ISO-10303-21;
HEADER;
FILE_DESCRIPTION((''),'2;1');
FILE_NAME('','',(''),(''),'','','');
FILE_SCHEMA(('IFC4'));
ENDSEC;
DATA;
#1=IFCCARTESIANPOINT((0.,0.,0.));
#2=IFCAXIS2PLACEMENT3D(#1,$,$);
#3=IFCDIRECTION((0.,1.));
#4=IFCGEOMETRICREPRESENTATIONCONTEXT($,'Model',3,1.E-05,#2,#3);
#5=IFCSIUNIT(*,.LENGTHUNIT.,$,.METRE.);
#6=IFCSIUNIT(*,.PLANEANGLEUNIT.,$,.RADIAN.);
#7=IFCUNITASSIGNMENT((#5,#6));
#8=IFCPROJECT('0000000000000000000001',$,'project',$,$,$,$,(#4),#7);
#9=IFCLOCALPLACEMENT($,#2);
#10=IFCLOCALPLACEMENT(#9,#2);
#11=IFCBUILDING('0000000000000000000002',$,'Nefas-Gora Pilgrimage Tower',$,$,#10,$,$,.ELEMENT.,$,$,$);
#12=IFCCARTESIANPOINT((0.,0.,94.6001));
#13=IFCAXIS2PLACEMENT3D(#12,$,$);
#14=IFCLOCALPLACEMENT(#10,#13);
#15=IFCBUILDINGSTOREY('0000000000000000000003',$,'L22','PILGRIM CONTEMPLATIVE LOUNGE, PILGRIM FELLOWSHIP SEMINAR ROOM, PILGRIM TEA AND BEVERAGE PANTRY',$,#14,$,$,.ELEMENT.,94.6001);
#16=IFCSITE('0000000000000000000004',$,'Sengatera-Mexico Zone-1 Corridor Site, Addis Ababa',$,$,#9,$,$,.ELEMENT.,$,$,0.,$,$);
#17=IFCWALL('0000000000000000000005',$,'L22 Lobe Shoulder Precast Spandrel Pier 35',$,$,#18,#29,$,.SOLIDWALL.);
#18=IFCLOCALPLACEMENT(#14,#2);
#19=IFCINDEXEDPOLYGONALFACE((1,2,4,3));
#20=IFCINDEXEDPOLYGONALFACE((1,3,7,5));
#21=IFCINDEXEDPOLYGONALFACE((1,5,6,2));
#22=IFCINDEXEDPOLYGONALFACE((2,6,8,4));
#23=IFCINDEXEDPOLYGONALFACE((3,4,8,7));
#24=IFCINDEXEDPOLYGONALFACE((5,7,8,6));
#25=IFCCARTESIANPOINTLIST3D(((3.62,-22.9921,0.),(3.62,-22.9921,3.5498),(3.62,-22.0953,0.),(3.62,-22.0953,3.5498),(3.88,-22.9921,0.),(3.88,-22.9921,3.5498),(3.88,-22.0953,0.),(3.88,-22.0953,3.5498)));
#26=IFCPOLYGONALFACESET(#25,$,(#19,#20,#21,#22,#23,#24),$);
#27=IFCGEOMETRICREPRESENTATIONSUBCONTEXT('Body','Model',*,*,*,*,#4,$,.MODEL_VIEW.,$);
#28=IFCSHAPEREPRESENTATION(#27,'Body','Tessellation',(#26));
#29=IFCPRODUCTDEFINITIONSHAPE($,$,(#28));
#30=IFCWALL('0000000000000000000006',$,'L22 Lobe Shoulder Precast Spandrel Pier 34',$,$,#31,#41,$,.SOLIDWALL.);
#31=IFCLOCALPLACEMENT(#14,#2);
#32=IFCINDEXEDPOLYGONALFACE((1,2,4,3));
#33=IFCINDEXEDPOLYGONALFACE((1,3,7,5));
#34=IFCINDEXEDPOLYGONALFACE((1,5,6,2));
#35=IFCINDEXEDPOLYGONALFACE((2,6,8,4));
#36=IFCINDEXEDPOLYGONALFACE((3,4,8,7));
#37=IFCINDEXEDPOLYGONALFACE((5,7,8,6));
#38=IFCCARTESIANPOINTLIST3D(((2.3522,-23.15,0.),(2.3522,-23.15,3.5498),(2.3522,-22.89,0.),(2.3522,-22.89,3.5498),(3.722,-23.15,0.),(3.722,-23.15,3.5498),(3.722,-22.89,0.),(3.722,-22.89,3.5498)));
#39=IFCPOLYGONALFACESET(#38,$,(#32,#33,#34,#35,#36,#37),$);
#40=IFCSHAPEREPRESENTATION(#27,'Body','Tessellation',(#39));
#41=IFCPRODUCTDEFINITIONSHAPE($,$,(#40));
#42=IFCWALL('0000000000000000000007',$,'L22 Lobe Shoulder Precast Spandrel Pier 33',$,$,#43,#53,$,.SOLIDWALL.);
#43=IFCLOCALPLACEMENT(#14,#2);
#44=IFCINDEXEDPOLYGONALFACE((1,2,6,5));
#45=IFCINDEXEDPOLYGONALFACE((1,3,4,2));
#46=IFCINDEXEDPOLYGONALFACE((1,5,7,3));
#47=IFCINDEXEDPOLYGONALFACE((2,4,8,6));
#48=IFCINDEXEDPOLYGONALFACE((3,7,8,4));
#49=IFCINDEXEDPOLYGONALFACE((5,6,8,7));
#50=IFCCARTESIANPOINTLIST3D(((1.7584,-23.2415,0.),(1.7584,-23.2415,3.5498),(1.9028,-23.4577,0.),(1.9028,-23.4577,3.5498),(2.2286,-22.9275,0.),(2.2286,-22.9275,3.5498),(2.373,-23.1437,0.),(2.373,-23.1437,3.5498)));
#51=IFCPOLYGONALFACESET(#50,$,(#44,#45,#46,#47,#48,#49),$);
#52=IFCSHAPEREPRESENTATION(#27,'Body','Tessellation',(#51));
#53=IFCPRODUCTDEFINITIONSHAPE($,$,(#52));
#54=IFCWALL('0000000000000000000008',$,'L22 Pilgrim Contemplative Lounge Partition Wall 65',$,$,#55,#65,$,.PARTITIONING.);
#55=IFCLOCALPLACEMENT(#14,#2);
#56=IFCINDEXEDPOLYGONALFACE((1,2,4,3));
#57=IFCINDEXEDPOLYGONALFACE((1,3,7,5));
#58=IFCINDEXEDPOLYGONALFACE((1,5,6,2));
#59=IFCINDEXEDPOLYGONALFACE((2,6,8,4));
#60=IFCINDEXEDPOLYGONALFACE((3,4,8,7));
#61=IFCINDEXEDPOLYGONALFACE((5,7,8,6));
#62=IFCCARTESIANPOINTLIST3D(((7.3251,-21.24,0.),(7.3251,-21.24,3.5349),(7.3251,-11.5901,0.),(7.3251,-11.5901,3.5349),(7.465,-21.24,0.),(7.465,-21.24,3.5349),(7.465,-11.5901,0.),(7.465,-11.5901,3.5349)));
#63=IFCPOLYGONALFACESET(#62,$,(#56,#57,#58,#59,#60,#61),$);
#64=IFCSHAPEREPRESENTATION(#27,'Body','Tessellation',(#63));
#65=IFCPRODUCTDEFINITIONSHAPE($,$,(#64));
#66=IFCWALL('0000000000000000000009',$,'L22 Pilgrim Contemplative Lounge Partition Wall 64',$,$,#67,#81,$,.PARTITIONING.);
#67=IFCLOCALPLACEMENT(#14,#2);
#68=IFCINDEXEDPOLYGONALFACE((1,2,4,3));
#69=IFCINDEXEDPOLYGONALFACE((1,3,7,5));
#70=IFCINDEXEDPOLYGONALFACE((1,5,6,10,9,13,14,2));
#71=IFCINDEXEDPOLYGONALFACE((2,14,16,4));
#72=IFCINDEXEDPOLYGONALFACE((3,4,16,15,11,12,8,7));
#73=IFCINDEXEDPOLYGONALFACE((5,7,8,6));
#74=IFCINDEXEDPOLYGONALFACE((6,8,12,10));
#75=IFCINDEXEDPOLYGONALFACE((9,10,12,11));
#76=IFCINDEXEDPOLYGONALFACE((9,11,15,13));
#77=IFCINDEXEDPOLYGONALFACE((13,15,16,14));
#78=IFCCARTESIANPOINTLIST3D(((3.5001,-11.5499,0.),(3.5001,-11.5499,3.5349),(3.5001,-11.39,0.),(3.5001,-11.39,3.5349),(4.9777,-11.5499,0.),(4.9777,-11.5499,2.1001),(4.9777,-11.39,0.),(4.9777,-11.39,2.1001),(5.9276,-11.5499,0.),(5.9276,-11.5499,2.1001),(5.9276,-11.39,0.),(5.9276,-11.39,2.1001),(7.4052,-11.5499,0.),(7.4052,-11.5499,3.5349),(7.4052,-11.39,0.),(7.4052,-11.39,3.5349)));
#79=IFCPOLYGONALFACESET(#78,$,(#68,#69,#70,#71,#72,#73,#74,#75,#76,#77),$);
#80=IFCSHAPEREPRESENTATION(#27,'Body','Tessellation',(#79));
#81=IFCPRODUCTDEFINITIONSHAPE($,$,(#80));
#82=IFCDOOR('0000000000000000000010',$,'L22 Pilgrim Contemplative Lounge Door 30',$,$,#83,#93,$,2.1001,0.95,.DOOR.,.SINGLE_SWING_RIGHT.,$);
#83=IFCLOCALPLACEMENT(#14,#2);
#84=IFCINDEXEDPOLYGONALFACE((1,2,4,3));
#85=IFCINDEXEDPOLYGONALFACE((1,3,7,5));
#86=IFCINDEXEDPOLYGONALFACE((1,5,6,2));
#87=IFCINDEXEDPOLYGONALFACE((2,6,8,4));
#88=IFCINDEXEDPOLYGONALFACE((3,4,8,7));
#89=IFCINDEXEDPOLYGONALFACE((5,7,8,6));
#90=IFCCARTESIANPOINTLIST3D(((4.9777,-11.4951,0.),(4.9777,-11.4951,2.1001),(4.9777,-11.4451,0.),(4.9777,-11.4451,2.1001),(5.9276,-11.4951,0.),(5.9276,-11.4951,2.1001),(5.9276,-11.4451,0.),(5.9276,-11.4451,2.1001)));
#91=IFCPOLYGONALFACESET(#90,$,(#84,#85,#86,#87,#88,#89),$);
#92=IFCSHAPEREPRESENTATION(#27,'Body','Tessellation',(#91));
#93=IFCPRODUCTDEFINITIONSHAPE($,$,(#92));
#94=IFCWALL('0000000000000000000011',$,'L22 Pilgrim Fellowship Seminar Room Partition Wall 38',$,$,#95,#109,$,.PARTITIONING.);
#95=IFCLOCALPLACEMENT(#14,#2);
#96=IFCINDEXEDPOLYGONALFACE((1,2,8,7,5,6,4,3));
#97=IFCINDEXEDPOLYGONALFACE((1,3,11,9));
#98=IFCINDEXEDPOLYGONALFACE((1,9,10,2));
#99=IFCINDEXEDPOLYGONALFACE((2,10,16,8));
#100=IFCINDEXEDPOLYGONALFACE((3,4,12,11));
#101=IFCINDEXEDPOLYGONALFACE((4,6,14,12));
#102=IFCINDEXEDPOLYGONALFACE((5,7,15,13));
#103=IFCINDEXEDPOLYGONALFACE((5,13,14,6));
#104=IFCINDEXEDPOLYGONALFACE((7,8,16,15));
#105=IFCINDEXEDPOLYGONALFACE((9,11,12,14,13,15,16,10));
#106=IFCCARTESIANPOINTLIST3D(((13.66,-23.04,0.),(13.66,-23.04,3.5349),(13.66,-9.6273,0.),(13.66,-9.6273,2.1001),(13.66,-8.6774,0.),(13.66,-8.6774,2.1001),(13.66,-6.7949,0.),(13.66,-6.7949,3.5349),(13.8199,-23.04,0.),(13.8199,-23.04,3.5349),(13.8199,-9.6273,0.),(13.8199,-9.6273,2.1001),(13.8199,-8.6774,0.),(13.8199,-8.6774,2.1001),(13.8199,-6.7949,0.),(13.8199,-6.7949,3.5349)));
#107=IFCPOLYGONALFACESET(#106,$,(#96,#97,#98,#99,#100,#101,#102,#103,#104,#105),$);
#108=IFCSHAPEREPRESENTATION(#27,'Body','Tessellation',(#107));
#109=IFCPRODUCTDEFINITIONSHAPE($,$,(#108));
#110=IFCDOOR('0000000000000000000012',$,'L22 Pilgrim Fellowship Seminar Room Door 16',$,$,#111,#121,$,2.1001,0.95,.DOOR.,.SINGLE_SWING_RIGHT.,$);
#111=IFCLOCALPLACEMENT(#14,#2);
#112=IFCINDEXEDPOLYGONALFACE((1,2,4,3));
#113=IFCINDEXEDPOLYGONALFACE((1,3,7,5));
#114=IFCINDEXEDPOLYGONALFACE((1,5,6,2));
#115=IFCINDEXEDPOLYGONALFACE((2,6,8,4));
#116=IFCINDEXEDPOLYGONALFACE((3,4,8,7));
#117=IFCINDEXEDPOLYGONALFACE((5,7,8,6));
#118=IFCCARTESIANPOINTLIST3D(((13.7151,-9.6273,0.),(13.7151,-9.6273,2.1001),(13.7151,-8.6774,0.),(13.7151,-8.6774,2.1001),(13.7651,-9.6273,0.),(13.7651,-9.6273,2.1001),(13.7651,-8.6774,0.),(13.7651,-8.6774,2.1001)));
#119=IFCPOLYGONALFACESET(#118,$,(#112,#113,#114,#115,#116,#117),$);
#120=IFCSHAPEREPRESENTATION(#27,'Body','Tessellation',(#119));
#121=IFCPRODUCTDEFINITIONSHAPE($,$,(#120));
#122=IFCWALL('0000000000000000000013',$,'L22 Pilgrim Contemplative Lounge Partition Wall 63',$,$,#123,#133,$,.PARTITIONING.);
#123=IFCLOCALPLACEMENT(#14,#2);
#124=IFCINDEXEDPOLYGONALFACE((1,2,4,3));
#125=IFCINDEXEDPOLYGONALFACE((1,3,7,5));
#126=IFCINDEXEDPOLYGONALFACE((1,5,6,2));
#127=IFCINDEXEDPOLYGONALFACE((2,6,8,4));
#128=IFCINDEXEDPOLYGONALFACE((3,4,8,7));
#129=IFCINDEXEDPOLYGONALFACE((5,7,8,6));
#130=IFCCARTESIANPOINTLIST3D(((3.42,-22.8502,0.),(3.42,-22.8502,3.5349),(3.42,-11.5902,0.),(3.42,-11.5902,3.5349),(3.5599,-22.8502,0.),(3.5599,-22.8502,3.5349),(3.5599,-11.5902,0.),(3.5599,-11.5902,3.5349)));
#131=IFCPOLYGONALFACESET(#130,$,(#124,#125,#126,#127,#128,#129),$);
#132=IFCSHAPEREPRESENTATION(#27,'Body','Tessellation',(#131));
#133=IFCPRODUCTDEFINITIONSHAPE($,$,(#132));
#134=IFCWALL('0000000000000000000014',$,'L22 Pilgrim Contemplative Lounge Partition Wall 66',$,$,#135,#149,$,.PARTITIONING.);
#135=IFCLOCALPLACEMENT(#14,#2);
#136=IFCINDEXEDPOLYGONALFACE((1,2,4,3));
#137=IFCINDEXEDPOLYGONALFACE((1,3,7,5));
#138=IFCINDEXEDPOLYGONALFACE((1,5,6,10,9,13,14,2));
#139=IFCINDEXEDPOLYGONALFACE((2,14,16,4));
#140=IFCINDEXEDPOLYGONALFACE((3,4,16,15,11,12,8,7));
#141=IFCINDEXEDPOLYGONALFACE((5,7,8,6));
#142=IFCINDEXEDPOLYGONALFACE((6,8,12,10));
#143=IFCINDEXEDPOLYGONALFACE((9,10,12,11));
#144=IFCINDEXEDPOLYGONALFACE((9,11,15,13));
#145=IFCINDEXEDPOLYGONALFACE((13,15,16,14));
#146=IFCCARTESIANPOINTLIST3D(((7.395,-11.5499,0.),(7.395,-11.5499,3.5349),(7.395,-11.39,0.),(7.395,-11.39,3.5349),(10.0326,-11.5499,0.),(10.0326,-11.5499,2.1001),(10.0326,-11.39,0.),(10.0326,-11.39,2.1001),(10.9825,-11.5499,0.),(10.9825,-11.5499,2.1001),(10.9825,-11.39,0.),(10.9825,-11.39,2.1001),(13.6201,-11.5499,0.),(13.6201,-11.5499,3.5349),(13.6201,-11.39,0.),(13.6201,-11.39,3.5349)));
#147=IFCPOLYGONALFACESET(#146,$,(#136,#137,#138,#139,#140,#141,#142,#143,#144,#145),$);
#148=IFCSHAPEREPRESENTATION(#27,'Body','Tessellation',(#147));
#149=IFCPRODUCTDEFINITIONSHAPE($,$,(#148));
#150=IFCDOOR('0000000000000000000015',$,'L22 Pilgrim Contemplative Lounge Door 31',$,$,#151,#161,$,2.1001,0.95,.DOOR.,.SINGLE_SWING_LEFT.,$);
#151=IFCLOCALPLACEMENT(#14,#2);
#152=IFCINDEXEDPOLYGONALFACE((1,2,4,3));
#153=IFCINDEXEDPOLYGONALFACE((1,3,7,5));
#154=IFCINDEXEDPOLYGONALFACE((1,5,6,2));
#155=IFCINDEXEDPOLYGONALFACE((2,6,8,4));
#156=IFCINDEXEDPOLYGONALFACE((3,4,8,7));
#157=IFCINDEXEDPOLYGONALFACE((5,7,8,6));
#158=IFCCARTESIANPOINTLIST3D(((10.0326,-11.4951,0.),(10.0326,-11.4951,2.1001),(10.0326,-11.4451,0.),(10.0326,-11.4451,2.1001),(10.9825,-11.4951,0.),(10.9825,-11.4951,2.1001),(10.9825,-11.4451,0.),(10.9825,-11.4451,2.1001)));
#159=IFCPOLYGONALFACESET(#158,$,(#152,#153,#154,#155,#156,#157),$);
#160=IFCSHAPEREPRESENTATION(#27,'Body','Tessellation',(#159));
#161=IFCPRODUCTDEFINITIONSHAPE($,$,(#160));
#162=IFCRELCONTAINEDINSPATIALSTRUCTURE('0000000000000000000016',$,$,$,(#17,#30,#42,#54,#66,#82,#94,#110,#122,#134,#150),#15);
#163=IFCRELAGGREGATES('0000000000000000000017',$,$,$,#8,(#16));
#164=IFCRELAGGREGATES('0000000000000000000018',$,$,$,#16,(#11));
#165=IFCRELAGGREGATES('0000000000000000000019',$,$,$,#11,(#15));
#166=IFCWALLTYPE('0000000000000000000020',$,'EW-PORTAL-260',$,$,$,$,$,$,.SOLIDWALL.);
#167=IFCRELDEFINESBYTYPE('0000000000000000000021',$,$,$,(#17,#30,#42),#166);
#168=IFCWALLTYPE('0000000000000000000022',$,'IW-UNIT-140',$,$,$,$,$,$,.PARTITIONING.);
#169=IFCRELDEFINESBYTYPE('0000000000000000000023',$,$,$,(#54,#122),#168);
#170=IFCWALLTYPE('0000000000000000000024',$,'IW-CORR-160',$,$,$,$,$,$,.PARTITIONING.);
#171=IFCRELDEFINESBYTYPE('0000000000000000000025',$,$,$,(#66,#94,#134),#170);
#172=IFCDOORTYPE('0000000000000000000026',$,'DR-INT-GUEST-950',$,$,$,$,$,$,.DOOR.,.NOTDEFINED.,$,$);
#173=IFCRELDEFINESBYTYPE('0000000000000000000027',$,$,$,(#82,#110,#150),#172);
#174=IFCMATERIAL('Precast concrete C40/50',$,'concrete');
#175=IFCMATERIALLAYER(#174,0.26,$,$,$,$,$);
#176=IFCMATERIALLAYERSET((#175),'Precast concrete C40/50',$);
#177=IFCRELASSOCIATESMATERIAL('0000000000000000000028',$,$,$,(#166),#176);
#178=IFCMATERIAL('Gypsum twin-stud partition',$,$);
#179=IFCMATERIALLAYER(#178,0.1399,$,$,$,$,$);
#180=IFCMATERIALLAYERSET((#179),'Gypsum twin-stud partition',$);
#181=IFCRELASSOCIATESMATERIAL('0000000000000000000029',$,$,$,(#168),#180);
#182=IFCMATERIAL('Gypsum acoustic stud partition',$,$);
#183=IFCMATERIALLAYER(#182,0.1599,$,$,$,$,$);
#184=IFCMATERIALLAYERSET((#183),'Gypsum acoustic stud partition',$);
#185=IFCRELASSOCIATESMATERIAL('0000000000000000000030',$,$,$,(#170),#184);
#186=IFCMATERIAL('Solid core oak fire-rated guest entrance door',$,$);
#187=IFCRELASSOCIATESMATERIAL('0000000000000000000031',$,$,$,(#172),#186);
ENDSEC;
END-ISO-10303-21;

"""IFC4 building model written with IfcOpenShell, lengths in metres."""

from ifc_helpers import new_model, si_unit, direction, frame, frame_2d, origin, place, context, subcontext, project, spatial, rectangle, extrude, source, transform, mapped, material, layer, layer_set, type_object, element, fill, save


model = new_model("IFC4")

# Units and contexts
model_context = context("Model", 3, precision=1e-05, world=origin(), true_north=direction((0.0, 1.0)))
body_context = subcontext(model_context, "Body", "Model", "MODEL_VIEW")
ifc_project = project(units=[si_unit("LENGTHUNIT", "METRE"), si_unit("PLANEANGLEUNIT", "RADIAN")], contexts=[model_context])

# Site, building, storey
site_placement = place(None, origin())
site = spatial("IfcSite", under=ifc_project, at=site_placement, Name="Sengatera-Mexico Zone-1 Corridor Site, Addis Ababa", CompositionType="ELEMENT", RefElevation=0.0)
building_placement = place(site_placement, origin())
building = spatial("IfcBuilding", under=site, at=building_placement, Name="Nefas-Gora Pilgrimage Tower", CompositionType="ELEMENT")
storey_placement = place(building_placement, frame((0.0, 0.0, 94.6001)))
storey = spatial("IfcBuildingStorey", under=building, at=storey_placement, Name="L22", Description="PILGRIM CONTEMPLATIVE LOUNGE, PILGRIM FELLOWSHIP SEMINAR ROOM, PILGRIM TEA AND BEVERAGE PANTRY", CompositionType="ELEMENT", Elevation=94.6001)

# Walls
ifc_material_1 = material(Name="Precast concrete C40/50", Category="concrete")
ifc_layer_1 = layer(ifc_material_1, 0.26)
ifc_layer_set_1 = layer_set([ifc_layer_1], Name="Precast concrete C40/50")
wall_type_1 = type_object("IfcWallType", Name="EW-PORTAL-260", PredefinedType="SOLIDWALL", material=ifc_layer_set_1)
shared_shape_1 = source(origin(), body_context, "Body", "SweptSolid", [
    extrude(rectangle(XDim=0.8967, YDim=0.26, at=frame_2d((0.4482, 0.0))), origin(), (0.0, 0.0, 1.0), 3.5498),
])
wall_1_placement = place(storey_placement, frame((3.75, -22.9919, 0.0), z_axis=(0.0, 0.0, 1.0), x_axis=(0.0, 1.0, 0.0)))
element("IfcWall", 1, at=wall_1_placement, inside=storey, type_object=wall_type_1, Name="L22 Lobe Shoulder Precast Spandrel Pier 35", PredefinedType="SOLIDWALL", context=body_context, shape_type="MappedRepresentation", body=[
    mapped(shared_shape_1, transform((0.0, 0.0, 0.0), x_axis=(1.0, 0.0, 0.0), y_axis=(0.0, 1.0, 0.0), z_axis=(0.0, 0.0, 1.0), scale=1.0)),
])
shared_shape_2 = source(origin(), body_context, "Body", "SweptSolid", [
    extrude(rectangle(XDim=1.3699, YDim=0.26, at=frame_2d((0.6851, 0.0))), origin(), (0.0, 0.0, 1.0), 3.5498),
])
wall_2_placement = place(storey_placement, frame((2.3521, -23.02, 0.0), z_axis=(0.0, 0.0, 1.0), x_axis=(1.0, 0.0, 0.0)))
element("IfcWall", 2, at=wall_2_placement, inside=storey, type_object=wall_type_1, Name="L22 Lobe Shoulder Precast Spandrel Pier 34", PredefinedType="SOLIDWALL", context=body_context, shape_type="MappedRepresentation", body=[
    mapped(shared_shape_2, transform((0.0, 0.0, 0.0), x_axis=(1.0, 0.0, 0.0), y_axis=(0.0, 1.0, 0.0), z_axis=(0.0, 0.0, 1.0), scale=1.0)),
])
shared_shape_3 = source(origin(), body_context, "Body", "SweptSolid", [
    extrude(rectangle(XDim=0.5654, YDim=0.26, at=frame_2d((0.2827, 0.0))), origin(), (0.0, 0.0, 1.0), 3.5498),
])
wall_3_placement = place(storey_placement, frame((1.8306, -23.3496, 0.0), z_axis=(0.0, 0.0, 1.0), x_axis=(0.831651, 0.555298, 0.0)))
element("IfcWall", 3, at=wall_3_placement, inside=storey, type_object=wall_type_1, Name="L22 Lobe Shoulder Precast Spandrel Pier 33", PredefinedType="SOLIDWALL", context=body_context, shape_type="MappedRepresentation", body=[
    mapped(shared_shape_3, transform((0.0, 0.0, 0.0), x_axis=(1.0, 0.0, 0.0), y_axis=(0.0, 1.0, 0.0), z_axis=(0.0, 0.0, 1.0), scale=1.0)),
])
ifc_material_2 = material(Name="Gypsum twin-stud partition")
ifc_layer_2 = layer(ifc_material_2, 0.1399)
ifc_layer_set_2 = layer_set([ifc_layer_2], Name="Gypsum twin-stud partition")
wall_type_2 = type_object("IfcWallType", Name="IW-UNIT-140", PredefinedType="PARTITIONING", material=ifc_layer_set_2)
shared_shape_4 = source(origin(), body_context, "Body", "SweptSolid", [
    extrude(rectangle(XDim=9.6499, YDim=0.1399, at=frame_2d((4.825, 0.0))), origin(), (0.0, 0.0, 1.0), 3.5349),
])
wall_4_placement = place(storey_placement, frame((7.395, -21.24, 0.0), z_axis=(0.0, 0.0, 1.0), x_axis=(0.0, 1.0, 0.0)))
element("IfcWall", 4, at=wall_4_placement, inside=storey, type_object=wall_type_2, Name="L22 Pilgrim Contemplative Lounge Partition Wall 65", PredefinedType="PARTITIONING", context=body_context, shape_type="MappedRepresentation", body=[
    mapped(shared_shape_4, transform((0.0, 0.0, 0.0), x_axis=(1.0, 0.0, 0.0), y_axis=(0.0, 1.0, 0.0), z_axis=(0.0, 0.0, 1.0), scale=1.0)),
])

# Walls, openings, doors
ifc_material_3 = material(Name="Gypsum acoustic stud partition")
ifc_layer_3 = layer(ifc_material_3, 0.1599)
ifc_layer_set_3 = layer_set([ifc_layer_3], Name="Gypsum acoustic stud partition")
wall_type_3 = type_object("IfcWallType", Name="IW-CORR-160", PredefinedType="PARTITIONING", material=ifc_layer_set_3)
shared_shape_5 = source(origin(), body_context, "Body", "SweptSolid", [
    extrude(rectangle(XDim=3.905, YDim=0.1599, at=frame_2d((1.9526, 0.0))), origin(), (0.0, 0.0, 1.0), 3.5349),
])
wall_5_placement = place(storey_placement, frame((3.5, -11.47, 0.0), z_axis=(0.0, 0.0, 1.0), x_axis=(1.0, 0.0, 0.0)))
wall_5 = element("IfcWall", 5, at=wall_5_placement, inside=storey, type_object=wall_type_3, Name="L22 Pilgrim Contemplative Lounge Partition Wall 64", PredefinedType="PARTITIONING", context=body_context, shape_type="MappedRepresentation", body=[
    mapped(shared_shape_5, transform((0.0, 0.0, 0.0), x_axis=(1.0, 0.0, 0.0), y_axis=(0.0, 1.0, 0.0), z_axis=(0.0, 0.0, 1.0), scale=1.0)),
])
opening_1_placement = place(wall_5_placement, frame((1.4775, 0.0, 0.0)))
opening_1 = element("IfcOpeningElement", 6, at=opening_1_placement, cuts=wall_5, PredefinedType="OPENING", context=body_context, shape_type="SweptSolid", body=[
    extrude(rectangle(XDim=0.95, YDim=2.1001, at=frame_2d((0.4751, 1.05))), frame((0.0, 0.0898, 0.0), z_axis=(0.0, -1.0, 0.0), x_axis=(1.0, 0.0, 0.0)), (0.0, 0.0, 1.0), 0.1799),
])
ifc_material_4 = material(Name="Solid core oak fire-rated guest entrance door")
door_type = type_object("IfcDoorType", Name="DR-INT-GUEST-950", OperationType="NOTDEFINED", PredefinedType="DOOR", material=ifc_material_4)
shared_shape_6 = source(origin(), body_context, "Body", "SweptSolid", [
    extrude(rectangle(XDim=0.95, YDim=2.1001, at=frame_2d((0.4751, 1.05))), frame((0.0, 0.0249, 0.0), z_axis=(0.0, -1.0, 0.0), x_axis=(1.0, 0.0, 0.0)), (0.0, 0.0, 1.0), 0.05),
])
door_1_placement = place(opening_1_placement, origin())
door_1 = element("IfcDoor", 7, at=door_1_placement, inside=storey, type_object=door_type, Name="L22 Pilgrim Contemplative Lounge Door 30", OperationType="SINGLE_SWING_RIGHT", OverallHeight=2.1001, OverallWidth=0.95, PredefinedType="DOOR", context=body_context, shape_type="MappedRepresentation", body=[
    mapped(shared_shape_6, transform((0.0, 0.0, 0.0), x_axis=(1.0, 0.0, 0.0), y_axis=(0.0, 1.0, 0.0), z_axis=(0.0, 0.0, 1.0), scale=1.0)),
])
fill(opening_1, door_1)
shared_shape_7 = source(origin(), body_context, "Body", "SweptSolid", [
    extrude(rectangle(XDim=16.2451, YDim=0.1599, at=frame_2d((8.1226, 0.0))), origin(), (0.0, 0.0, 1.0), 3.5349),
])
wall_6_placement = place(storey_placement, frame((13.74, -23.04, 0.0), z_axis=(0.0, 0.0, 1.0), x_axis=(0.0, 1.0, 0.0)))
wall_6 = element("IfcWall", 8, at=wall_6_placement, inside=storey, type_object=wall_type_3, Name="L22 Pilgrim Fellowship Seminar Room Partition Wall 38", PredefinedType="PARTITIONING", context=body_context, shape_type="MappedRepresentation", body=[
    mapped(shared_shape_7, transform((0.0, 0.0, 0.0), x_axis=(1.0, 0.0, 0.0), y_axis=(0.0, 1.0, 0.0), z_axis=(0.0, 0.0, 1.0), scale=1.0)),
])
opening_2_placement = place(wall_6_placement, frame((13.4126, 0.0, 0.0)))
opening_2 = element("IfcOpeningElement", 9, at=opening_2_placement, cuts=wall_6, PredefinedType="OPENING", context=body_context, shape_type="SweptSolid", body=[
    extrude(rectangle(XDim=0.95, YDim=2.1001, at=frame_2d((0.4751, 1.05))), frame((0.0, 0.0898, 0.0), z_axis=(0.0, -1.0, 0.0), x_axis=(1.0, 0.0, 0.0)), (0.0, 0.0, 1.0), 0.1799),
])
door_2_placement = place(opening_2_placement, origin())
door_2 = element("IfcDoor", 10, at=door_2_placement, inside=storey, type_object=door_type, Name="L22 Pilgrim Fellowship Seminar Room Door 16", OperationType="SINGLE_SWING_RIGHT", OverallHeight=2.1001, OverallWidth=0.95, PredefinedType="DOOR", context=body_context, shape_type="MappedRepresentation", body=[
    mapped(shared_shape_6, transform((0.0, 0.0, 0.0), x_axis=(1.0, 0.0, 0.0), y_axis=(0.0, 1.0, 0.0), z_axis=(0.0, 0.0, 1.0), scale=1.0)),
])
fill(opening_2, door_2)

# Wall
shared_shape_8 = source(origin(), body_context, "Body", "SweptSolid", [
    extrude(rectangle(XDim=11.26, YDim=0.1399, at=frame_2d((5.6299, 0.0))), origin(), (0.0, 0.0, 1.0), 3.5349),
])
wall_7_placement = place(storey_placement, frame((3.49, -22.8501, 0.0), z_axis=(0.0, 0.0, 1.0), x_axis=(0.0, 1.0, 0.0)))
element("IfcWall", 11, at=wall_7_placement, inside=storey, type_object=wall_type_2, Name="L22 Pilgrim Contemplative Lounge Partition Wall 63", PredefinedType="PARTITIONING", context=body_context, shape_type="MappedRepresentation", body=[
    mapped(shared_shape_8, transform((0.0, 0.0, 0.0), x_axis=(1.0, 0.0, 0.0), y_axis=(0.0, 1.0, 0.0), z_axis=(0.0, 0.0, 1.0), scale=1.0)),
])

# Wall, opening, door
shared_shape_9 = source(origin(), body_context, "Body", "SweptSolid", [
    extrude(rectangle(XDim=6.2251, YDim=0.1599, at=frame_2d((3.1125, 0.0))), origin(), (0.0, 0.0, 1.0), 3.5349),
])
wall_8_placement = place(storey_placement, frame((7.395, -11.47, 0.0), z_axis=(0.0, 0.0, 1.0), x_axis=(1.0, 0.0, 0.0)))
wall_8 = element("IfcWall", 12, at=wall_8_placement, inside=storey, type_object=wall_type_3, Name="L22 Pilgrim Contemplative Lounge Partition Wall 66", PredefinedType="PARTITIONING", context=body_context, shape_type="MappedRepresentation", body=[
    mapped(shared_shape_9, transform((0.0, 0.0, 0.0), x_axis=(1.0, 0.0, 0.0), y_axis=(0.0, 1.0, 0.0), z_axis=(0.0, 0.0, 1.0), scale=1.0)),
])
opening_3_placement = place(wall_8_placement, frame((2.6375, 0.0, 0.0)))
opening_3 = element("IfcOpeningElement", 13, at=opening_3_placement, cuts=wall_8, PredefinedType="OPENING", context=body_context, shape_type="SweptSolid", body=[
    extrude(rectangle(XDim=0.95, YDim=2.1001, at=frame_2d((0.4751, 1.05))), frame((0.0, 0.0898, 0.0), z_axis=(0.0, -1.0, 0.0), x_axis=(1.0, 0.0, 0.0)), (0.0, 0.0, 1.0), 0.1799),
])
door_3_placement = place(opening_3_placement, origin())
door_3 = element("IfcDoor", 14, at=door_3_placement, inside=storey, type_object=door_type, Name="L22 Pilgrim Contemplative Lounge Door 31", OperationType="SINGLE_SWING_LEFT", OverallHeight=2.1001, OverallWidth=0.95, PredefinedType="DOOR", context=body_context, shape_type="MappedRepresentation", body=[
    mapped(shared_shape_6, transform((0.0, 0.0, 0.0), x_axis=(1.0, 0.0, 0.0), y_axis=(0.0, 1.0, 0.0), z_axis=(0.0, 0.0, 1.0), scale=1.0)),
])
fill(opening_3, door_3)

save(model, "model.ifc")
